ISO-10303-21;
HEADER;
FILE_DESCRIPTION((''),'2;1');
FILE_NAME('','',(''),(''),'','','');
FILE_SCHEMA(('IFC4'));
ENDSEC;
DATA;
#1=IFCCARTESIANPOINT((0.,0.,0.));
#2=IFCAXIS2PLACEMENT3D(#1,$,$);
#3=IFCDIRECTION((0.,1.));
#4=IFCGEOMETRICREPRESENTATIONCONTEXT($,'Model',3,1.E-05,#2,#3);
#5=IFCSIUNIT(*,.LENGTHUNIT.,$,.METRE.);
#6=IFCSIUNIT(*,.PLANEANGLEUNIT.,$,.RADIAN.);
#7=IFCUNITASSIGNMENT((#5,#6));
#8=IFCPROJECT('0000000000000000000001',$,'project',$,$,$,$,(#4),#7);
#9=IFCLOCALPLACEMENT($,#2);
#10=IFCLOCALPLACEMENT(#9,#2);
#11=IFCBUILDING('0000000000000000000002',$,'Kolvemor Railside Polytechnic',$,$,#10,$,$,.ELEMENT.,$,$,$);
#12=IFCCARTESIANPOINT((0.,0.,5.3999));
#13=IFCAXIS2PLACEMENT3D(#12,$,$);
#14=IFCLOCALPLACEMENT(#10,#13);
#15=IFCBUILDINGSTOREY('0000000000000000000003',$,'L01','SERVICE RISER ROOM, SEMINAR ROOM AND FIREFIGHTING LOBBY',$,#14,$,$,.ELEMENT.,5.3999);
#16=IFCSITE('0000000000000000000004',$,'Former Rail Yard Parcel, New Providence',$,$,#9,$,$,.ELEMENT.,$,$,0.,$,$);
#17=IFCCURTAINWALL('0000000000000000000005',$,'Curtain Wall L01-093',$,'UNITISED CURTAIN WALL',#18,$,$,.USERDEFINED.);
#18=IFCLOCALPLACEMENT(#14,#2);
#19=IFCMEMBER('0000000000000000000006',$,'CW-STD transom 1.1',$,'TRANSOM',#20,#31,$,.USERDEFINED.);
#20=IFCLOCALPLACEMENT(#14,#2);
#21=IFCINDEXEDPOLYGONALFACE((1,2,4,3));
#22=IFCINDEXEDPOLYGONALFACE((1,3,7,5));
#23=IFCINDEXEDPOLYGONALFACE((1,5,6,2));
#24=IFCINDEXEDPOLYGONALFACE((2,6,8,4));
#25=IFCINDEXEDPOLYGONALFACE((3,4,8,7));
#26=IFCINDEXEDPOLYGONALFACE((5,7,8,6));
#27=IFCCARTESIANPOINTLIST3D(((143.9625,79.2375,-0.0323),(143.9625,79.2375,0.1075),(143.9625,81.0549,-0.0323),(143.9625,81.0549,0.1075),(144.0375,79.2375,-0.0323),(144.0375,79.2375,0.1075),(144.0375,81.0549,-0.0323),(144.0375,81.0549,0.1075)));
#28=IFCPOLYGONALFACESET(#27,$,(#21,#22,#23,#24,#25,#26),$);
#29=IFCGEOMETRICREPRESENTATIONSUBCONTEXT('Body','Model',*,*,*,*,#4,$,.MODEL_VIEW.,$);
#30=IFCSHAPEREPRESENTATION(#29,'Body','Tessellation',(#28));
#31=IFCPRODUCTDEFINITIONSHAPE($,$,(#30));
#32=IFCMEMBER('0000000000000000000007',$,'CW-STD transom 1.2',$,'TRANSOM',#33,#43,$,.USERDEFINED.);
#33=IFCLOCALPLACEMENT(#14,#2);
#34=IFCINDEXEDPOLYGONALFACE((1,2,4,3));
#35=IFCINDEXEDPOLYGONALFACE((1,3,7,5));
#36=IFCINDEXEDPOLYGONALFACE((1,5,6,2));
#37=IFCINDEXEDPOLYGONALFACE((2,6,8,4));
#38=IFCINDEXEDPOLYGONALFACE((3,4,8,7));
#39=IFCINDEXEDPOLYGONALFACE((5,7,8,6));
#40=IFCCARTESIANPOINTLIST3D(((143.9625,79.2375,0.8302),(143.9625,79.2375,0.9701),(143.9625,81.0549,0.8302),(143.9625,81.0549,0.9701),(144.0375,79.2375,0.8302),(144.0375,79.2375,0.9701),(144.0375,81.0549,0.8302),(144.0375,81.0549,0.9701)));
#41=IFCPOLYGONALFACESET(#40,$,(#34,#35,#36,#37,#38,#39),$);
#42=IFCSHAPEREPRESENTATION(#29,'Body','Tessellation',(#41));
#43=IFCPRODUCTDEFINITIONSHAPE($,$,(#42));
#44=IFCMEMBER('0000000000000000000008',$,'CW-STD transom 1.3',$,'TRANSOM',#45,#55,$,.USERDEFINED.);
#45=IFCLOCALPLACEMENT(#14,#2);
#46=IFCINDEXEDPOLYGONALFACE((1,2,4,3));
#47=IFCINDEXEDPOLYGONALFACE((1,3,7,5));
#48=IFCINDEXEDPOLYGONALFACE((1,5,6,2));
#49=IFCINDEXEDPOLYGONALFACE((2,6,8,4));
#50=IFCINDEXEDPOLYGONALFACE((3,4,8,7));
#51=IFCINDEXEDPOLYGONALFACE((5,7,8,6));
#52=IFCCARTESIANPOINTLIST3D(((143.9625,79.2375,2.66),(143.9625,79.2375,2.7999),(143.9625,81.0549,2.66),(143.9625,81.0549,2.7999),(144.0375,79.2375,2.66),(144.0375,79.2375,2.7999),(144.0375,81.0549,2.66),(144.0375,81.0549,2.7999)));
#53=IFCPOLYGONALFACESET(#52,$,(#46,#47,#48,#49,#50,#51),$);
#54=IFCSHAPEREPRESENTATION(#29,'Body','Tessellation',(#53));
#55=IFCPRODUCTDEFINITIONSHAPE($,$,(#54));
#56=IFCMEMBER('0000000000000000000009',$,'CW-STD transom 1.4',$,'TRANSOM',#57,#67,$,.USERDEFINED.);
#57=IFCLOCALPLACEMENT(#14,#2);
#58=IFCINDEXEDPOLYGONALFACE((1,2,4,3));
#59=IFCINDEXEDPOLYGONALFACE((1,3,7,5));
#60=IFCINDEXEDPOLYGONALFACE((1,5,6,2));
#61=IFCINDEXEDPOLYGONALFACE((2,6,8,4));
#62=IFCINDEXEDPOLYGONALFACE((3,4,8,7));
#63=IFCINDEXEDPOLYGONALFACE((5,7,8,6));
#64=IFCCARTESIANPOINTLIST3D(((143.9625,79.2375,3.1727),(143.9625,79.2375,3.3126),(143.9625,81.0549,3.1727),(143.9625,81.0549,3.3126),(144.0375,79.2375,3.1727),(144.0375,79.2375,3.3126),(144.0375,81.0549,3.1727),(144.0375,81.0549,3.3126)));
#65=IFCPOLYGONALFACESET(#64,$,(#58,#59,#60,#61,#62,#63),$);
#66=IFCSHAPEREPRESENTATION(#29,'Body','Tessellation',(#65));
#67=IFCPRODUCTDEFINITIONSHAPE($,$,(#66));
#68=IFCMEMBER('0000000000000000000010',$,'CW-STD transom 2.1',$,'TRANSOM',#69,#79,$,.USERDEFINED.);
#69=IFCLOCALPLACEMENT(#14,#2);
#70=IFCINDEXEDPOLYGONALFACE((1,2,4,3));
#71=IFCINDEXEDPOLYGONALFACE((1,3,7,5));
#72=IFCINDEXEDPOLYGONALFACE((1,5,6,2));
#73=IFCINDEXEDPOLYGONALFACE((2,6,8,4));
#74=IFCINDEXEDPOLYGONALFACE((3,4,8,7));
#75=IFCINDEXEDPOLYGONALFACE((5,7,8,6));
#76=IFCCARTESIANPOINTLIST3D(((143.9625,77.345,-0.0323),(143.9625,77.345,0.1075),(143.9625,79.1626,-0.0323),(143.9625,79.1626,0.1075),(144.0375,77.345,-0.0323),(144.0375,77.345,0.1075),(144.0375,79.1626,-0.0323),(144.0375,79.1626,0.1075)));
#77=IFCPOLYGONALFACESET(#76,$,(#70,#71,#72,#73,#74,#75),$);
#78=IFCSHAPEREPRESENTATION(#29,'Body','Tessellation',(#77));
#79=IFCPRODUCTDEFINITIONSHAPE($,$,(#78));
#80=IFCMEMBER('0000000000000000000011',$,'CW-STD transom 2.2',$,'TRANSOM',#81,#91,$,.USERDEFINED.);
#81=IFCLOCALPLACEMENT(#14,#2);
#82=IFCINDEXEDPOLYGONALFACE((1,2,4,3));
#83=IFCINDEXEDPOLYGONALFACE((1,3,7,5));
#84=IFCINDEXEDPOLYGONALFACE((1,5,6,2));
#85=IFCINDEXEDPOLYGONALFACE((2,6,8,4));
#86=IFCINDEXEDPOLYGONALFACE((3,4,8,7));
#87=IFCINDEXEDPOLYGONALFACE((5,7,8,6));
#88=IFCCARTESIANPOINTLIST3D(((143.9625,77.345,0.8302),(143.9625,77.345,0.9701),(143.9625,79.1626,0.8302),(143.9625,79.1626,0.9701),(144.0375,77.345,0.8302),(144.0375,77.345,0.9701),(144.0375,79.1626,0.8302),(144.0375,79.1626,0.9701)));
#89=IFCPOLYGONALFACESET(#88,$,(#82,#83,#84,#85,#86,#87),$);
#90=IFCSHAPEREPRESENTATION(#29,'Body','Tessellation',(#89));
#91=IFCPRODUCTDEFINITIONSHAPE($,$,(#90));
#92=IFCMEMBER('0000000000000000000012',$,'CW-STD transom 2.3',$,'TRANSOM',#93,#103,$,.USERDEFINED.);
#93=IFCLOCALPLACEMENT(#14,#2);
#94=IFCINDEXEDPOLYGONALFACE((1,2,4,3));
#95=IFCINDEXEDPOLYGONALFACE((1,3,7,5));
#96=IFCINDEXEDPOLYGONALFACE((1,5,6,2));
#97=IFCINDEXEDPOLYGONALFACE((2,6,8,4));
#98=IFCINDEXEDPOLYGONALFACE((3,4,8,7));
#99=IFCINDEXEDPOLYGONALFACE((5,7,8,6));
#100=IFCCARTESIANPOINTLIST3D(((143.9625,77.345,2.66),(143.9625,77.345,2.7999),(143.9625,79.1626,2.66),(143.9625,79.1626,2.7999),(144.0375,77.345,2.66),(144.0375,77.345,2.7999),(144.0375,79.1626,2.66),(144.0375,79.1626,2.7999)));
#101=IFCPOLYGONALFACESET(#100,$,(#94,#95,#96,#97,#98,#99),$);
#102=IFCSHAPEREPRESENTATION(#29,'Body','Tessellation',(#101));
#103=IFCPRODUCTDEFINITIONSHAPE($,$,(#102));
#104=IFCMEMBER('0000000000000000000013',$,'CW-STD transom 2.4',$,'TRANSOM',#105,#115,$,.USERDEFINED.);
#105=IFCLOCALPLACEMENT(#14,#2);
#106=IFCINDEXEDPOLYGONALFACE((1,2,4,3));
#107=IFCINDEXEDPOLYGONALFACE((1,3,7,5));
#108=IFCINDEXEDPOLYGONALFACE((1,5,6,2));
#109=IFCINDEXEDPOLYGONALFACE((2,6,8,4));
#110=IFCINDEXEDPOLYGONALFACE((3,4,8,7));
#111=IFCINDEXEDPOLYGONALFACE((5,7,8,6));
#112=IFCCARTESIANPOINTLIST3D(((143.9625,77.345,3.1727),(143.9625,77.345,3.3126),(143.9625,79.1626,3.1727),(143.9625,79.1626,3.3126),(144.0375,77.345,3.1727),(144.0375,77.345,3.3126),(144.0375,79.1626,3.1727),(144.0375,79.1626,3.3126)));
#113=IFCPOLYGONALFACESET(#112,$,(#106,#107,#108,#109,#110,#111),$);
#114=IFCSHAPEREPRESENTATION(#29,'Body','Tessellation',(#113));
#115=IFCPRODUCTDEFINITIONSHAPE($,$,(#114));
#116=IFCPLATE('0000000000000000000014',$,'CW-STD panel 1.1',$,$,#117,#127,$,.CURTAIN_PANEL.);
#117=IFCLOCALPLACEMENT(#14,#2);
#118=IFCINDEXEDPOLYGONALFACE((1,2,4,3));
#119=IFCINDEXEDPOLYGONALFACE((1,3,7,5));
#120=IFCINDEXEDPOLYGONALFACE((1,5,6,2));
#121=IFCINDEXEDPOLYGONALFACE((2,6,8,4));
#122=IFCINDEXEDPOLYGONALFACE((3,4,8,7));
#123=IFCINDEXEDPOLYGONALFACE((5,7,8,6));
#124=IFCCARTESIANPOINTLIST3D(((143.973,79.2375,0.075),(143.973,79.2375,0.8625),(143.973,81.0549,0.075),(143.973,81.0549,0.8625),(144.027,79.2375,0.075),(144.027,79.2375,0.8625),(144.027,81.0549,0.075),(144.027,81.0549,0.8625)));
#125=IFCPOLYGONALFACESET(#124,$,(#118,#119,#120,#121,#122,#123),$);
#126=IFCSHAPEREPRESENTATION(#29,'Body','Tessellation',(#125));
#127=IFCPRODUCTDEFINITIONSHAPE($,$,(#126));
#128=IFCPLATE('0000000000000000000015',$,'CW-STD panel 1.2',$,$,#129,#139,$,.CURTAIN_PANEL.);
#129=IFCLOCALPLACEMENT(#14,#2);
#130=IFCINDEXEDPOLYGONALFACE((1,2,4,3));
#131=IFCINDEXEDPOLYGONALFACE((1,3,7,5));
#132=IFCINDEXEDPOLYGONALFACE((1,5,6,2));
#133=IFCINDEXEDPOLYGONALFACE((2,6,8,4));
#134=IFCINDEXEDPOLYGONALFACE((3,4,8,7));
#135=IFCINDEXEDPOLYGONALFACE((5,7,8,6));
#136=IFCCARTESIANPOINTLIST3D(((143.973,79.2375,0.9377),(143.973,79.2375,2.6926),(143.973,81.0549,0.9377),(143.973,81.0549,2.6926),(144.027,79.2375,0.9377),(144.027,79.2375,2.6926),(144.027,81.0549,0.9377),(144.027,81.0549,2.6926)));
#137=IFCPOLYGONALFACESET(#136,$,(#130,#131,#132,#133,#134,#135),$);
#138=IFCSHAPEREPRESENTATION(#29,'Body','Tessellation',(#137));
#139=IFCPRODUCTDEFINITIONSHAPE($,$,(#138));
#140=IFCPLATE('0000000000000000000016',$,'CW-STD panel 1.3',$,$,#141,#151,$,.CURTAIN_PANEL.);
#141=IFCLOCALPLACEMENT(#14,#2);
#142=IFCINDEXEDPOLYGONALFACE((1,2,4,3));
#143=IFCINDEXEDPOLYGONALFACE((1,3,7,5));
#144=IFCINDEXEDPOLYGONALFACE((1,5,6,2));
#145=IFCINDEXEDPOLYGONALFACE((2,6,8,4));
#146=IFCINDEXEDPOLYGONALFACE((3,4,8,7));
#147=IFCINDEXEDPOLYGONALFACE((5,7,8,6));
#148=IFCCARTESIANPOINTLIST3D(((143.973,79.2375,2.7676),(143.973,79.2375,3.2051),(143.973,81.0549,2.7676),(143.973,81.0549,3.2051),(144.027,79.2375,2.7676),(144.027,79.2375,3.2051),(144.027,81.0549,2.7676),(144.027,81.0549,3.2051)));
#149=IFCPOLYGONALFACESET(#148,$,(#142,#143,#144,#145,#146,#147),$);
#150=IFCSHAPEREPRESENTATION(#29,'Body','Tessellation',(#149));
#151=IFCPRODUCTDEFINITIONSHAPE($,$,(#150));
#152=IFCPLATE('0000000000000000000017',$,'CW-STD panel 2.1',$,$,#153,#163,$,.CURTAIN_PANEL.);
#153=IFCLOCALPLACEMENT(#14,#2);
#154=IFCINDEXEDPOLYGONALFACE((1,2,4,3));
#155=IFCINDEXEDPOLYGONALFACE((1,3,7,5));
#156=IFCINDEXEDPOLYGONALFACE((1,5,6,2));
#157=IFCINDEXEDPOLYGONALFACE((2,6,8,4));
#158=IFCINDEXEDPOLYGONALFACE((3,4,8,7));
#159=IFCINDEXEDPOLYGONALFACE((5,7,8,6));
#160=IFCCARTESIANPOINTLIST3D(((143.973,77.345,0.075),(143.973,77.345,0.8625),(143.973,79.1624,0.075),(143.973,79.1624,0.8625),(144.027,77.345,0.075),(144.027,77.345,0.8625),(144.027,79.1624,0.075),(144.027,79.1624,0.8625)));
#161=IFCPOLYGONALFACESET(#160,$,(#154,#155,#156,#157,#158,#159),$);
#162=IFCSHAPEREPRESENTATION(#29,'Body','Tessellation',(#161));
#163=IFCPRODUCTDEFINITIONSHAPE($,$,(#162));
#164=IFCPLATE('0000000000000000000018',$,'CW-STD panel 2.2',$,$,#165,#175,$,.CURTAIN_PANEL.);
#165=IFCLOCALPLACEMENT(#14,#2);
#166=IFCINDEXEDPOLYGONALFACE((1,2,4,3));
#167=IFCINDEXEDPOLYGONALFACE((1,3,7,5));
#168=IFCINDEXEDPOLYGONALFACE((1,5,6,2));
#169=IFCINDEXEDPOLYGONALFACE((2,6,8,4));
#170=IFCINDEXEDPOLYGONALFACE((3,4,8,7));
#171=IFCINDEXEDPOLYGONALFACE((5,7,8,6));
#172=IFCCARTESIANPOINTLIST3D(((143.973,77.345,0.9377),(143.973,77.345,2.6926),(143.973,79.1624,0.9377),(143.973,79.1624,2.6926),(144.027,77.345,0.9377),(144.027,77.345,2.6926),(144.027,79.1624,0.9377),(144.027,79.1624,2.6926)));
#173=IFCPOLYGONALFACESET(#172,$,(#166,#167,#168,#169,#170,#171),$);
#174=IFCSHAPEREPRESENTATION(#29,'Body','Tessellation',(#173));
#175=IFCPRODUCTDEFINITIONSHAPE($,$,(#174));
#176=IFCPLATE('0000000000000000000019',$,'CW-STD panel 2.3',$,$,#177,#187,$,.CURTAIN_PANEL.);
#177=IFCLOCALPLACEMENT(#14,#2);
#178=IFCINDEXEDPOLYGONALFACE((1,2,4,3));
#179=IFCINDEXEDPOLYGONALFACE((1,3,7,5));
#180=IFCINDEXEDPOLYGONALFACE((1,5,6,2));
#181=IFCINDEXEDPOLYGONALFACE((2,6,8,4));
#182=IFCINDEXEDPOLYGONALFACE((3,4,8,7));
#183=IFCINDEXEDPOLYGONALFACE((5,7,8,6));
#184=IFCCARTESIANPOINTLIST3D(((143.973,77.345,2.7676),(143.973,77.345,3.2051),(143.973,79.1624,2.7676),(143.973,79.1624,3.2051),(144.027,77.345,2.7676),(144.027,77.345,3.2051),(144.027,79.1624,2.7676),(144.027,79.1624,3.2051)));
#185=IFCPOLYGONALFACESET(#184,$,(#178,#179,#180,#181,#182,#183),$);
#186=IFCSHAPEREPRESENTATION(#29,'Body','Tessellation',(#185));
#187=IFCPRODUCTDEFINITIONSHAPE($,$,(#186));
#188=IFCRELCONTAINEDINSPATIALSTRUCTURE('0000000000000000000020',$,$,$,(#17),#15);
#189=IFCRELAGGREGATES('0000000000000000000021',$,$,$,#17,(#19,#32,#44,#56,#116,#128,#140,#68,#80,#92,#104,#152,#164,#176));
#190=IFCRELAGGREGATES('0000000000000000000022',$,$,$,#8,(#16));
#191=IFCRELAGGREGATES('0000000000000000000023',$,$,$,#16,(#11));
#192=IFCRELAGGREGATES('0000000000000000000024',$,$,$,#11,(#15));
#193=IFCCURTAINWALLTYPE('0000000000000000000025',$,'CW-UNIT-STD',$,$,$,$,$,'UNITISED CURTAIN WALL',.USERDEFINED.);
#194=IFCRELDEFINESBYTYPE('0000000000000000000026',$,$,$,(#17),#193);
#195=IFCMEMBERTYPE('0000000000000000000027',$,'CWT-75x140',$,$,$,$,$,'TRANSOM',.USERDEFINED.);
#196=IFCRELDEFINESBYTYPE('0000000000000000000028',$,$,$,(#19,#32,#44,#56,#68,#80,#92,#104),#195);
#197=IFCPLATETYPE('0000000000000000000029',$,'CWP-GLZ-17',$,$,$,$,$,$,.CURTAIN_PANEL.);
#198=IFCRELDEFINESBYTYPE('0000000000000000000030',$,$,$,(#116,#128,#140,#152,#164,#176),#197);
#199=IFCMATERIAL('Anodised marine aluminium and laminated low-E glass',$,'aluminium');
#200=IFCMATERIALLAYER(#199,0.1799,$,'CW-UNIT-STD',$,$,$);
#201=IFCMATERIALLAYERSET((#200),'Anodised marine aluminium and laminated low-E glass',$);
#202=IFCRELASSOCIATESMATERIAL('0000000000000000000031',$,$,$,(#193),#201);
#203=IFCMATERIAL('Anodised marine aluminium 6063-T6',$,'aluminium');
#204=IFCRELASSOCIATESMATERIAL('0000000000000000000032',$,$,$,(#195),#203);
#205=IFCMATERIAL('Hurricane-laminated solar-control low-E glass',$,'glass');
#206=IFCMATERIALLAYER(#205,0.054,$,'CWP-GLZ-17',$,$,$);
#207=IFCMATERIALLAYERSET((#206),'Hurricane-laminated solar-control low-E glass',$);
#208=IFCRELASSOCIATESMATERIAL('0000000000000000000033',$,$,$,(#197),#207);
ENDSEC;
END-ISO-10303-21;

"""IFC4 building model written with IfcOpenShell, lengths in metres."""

from ifc_helpers import new_model, si_unit, direction, frame, origin, origin_2d, place, context, subcontext, project, spatial, rectangle, extrude, material, layer, layer_set, material_profile, profile_set, type_object, element, aggregate, save


model = new_model("IFC4")

# Units and contexts
model_context = context("Model", 3, precision=1e-05, world=origin(), true_north=direction((0.0, 1.0)))
body_context = subcontext(model_context, "Body", "Model", "MODEL_VIEW")
ifc_project = project(units=[si_unit("LENGTHUNIT", "METRE"), si_unit("PLANEANGLEUNIT", "RADIAN")], contexts=[model_context])

# Site, building, storey
site_placement = place(None, origin())
site = spatial("IfcSite", under=ifc_project, at=site_placement, Name="Former Rail Yard Parcel, New Providence", CompositionType="ELEMENT", RefElevation=0.0)
building_placement = place(site_placement, origin())
building = spatial("IfcBuilding", under=site, at=building_placement, Name="Kolvemor Railside Polytechnic", CompositionType="ELEMENT")
storey_placement = place(building_placement, frame((0.0, 0.0, 5.3999)))
storey = spatial("IfcBuildingStorey", under=building, at=storey_placement, Name="L01", Description="SERVICE RISER ROOM, SEMINAR ROOM AND FIREFIGHTING LOBBY", CompositionType="ELEMENT", Elevation=5.3999)

# Shared definitions
ifc_material_1 = material(Name="Anodised marine aluminium and laminated low-E glass", Category="aluminium")
ifc_layer_1 = layer(ifc_material_1, 0.1799, Name="CW-UNIT-STD")
ifc_layer_set_1 = layer_set([ifc_layer_1], Name="Anodised marine aluminium and laminated low-E glass")
curtain_wall_type = type_object("IfcCurtainWallType", Name="CW-UNIT-STD", ElementType="UNITISED CURTAIN WALL", PredefinedType="USERDEFINED", material=ifc_layer_set_1)

# Curtain wall
curtain_wall_1_placement = place(storey_placement, origin())
curtain_wall_1 = element("IfcCurtainWall", 1, at=curtain_wall_1_placement, inside=storey, type_object=curtain_wall_type, Name="Curtain Wall L01-093", ObjectType="UNITISED CURTAIN WALL", PredefinedType="USERDEFINED")

# Members
ifc_material_2 = material(Name="Anodised marine aluminium 6063-T6", Category="aluminium")
ifc_material_profile_1 = material_profile(ifc_material_2, rectangle(XDim=0.075, YDim=0.1399, at=origin_2d()), Name="CW-TRN-75x140")
ifc_profile_set_1 = profile_set([ifc_material_profile_1], Name="Anodised marine aluminium 6063-T6")
member_type_1 = type_object("IfcMemberType", Name="CWT-75x140", ElementType="TRANSOM", PredefinedType="USERDEFINED", material=ifc_profile_set_1)
member_1_placement = place(storey_placement, frame((144.0, 81.0549, 0.0376), z_axis=(0.0, -1.0, 0.0), x_axis=(1.0, 0.0, 0.0)))
member_1 = element("IfcMember", 2, at=member_1_placement, type_object=member_type_1, Name="CW-STD transom 1.1", ObjectType="TRANSOM", PredefinedType="USERDEFINED", context=body_context, shape_type="SweptSolid", body=[
    extrude(rectangle(XDim=0.075, YDim=0.1399, at=origin_2d()), origin(), (0.0, 0.0, 1.0), 1.8174),
])
member_2_placement = place(storey_placement, frame((144.0, 81.0549, 0.9001), z_axis=(0.0, -1.0, 0.0), x_axis=(1.0, 0.0, 0.0)))
member_2 = element("IfcMember", 3, at=member_2_placement, type_object=member_type_1, Name="CW-STD transom 1.2", ObjectType="TRANSOM", PredefinedType="USERDEFINED", context=body_context, shape_type="SweptSolid", body=[
    extrude(rectangle(XDim=0.075, YDim=0.1399, at=origin_2d()), origin(), (0.0, 0.0, 1.0), 1.8174),
])
member_3_placement = place(storey_placement, frame((144.0, 81.0549, 2.73), z_axis=(0.0, -1.0, 0.0), x_axis=(1.0, 0.0, 0.0)))
member_3 = element("IfcMember", 4, at=member_3_placement, type_object=member_type_1, Name="CW-STD transom 1.3", ObjectType="TRANSOM", PredefinedType="USERDEFINED", context=body_context, shape_type="SweptSolid", body=[
    extrude(rectangle(XDim=0.075, YDim=0.1399, at=origin_2d()), origin(), (0.0, 0.0, 1.0), 1.8174),
])
member_4_placement = place(storey_placement, frame((144.0, 81.0549, 3.2427), z_axis=(0.0, -1.0, 0.0), x_axis=(1.0, 0.0, 0.0)))
member_4 = element("IfcMember", 5, at=member_4_placement, type_object=member_type_1, Name="CW-STD transom 1.4", ObjectType="TRANSOM", PredefinedType="USERDEFINED", context=body_context, shape_type="SweptSolid", body=[
    extrude(rectangle(XDim=0.075, YDim=0.1399, at=origin_2d()), origin(), (0.0, 0.0, 1.0), 1.8174),
])
member_5_placement = place(storey_placement, frame((144.0, 79.1626, 0.0376), z_axis=(0.0, -1.0, 0.0), x_axis=(1.0, 0.0, 0.0)))
member_5 = element("IfcMember", 6, at=member_5_placement, type_object=member_type_1, Name="CW-STD transom 2.1", ObjectType="TRANSOM", PredefinedType="USERDEFINED", context=body_context, shape_type="SweptSolid", body=[
    extrude(rectangle(XDim=0.075, YDim=0.1399, at=origin_2d()), origin(), (0.0, 0.0, 1.0), 1.8176),
])
member_6_placement = place(storey_placement, frame((144.0, 79.1626, 0.9001), z_axis=(0.0, -1.0, 0.0), x_axis=(1.0, 0.0, 0.0)))
member_6 = element("IfcMember", 7, at=member_6_placement, type_object=member_type_1, Name="CW-STD transom 2.2", ObjectType="TRANSOM", PredefinedType="USERDEFINED", context=body_context, shape_type="SweptSolid", body=[
    extrude(rectangle(XDim=0.075, YDim=0.1399, at=origin_2d()), origin(), (0.0, 0.0, 1.0), 1.8176),
])
member_7_placement = place(storey_placement, frame((144.0, 79.1626, 2.73), z_axis=(0.0, -1.0, 0.0), x_axis=(1.0, 0.0, 0.0)))
member_7 = element("IfcMember", 8, at=member_7_placement, type_object=member_type_1, Name="CW-STD transom 2.3", ObjectType="TRANSOM", PredefinedType="USERDEFINED", context=body_context, shape_type="SweptSolid", body=[
    extrude(rectangle(XDim=0.075, YDim=0.1399, at=origin_2d()), origin(), (0.0, 0.0, 1.0), 1.8176),
])
member_8_placement = place(storey_placement, frame((144.0, 79.1626, 3.2427), z_axis=(0.0, -1.0, 0.0), x_axis=(1.0, 0.0, 0.0)))
member_8 = element("IfcMember", 9, at=member_8_placement, type_object=member_type_1, Name="CW-STD transom 2.4", ObjectType="TRANSOM", PredefinedType="USERDEFINED", context=body_context, shape_type="SweptSolid", body=[
    extrude(rectangle(XDim=0.075, YDim=0.1399, at=origin_2d()), origin(), (0.0, 0.0, 1.0), 1.8176),
])

# Plates
ifc_material_3 = material(Name="Hurricane-laminated solar-control low-E glass", Category="glass")
ifc_layer_2 = layer(ifc_material_3, 0.054, Name="CWP-GLZ-17")
ifc_layer_set_2 = layer_set([ifc_layer_2], Name="Hurricane-laminated solar-control low-E glass")
plate_type = type_object("IfcPlateType", Name="CWP-GLZ-17", PredefinedType="CURTAIN_PANEL", material=ifc_layer_set_2)
plate_1_placement = place(storey_placement, frame((144.0, 80.1462, 0.075), z_axis=(0.0, 0.0, 1.0), x_axis=(0.0, -1.0, 0.0)))
plate_1 = element("IfcPlate", 10, at=plate_1_placement, type_object=plate_type, Name="CW-STD panel 1.1", PredefinedType="CURTAIN_PANEL", context=body_context, shape_type="SweptSolid", body=[
    extrude(rectangle(XDim=1.8174, YDim=0.054, at=origin_2d()), origin(), (0.0, 0.0, 1.0), 0.7876),
])
plate_2_placement = place(storey_placement, frame((144.0, 80.1462, 0.9377), z_axis=(0.0, 0.0, 1.0), x_axis=(0.0, -1.0, 0.0)))
plate_2 = element("IfcPlate", 11, at=plate_2_placement, type_object=plate_type, Name="CW-STD panel 1.2", PredefinedType="CURTAIN_PANEL", context=body_context, shape_type="SweptSolid", body=[
    extrude(rectangle(XDim=1.8174, YDim=0.054, at=origin_2d()), origin(), (0.0, 0.0, 1.0), 1.7549),
])
plate_3_placement = place(storey_placement, frame((144.0, 80.1462, 2.7676), z_axis=(0.0, 0.0, 1.0), x_axis=(0.0, -1.0, 0.0)))
plate_3 = element("IfcPlate", 12, at=plate_3_placement, type_object=plate_type, Name="CW-STD panel 1.3", PredefinedType="CURTAIN_PANEL", context=body_context, shape_type="SweptSolid", body=[
    extrude(rectangle(XDim=1.8174, YDim=0.054, at=origin_2d()), origin(), (0.0, 0.0, 1.0), 0.4375),
])
plate_4_placement = place(storey_placement, frame((144.0, 78.2537, 0.075), z_axis=(0.0, 0.0, 1.0), x_axis=(0.0, -1.0, 0.0)))
plate_4 = element("IfcPlate", 13, at=plate_4_placement, type_object=plate_type, Name="CW-STD panel 2.1", PredefinedType="CURTAIN_PANEL", context=body_context, shape_type="SweptSolid", body=[
    extrude(rectangle(XDim=1.8174, YDim=0.054, at=origin_2d()), origin(), (0.0, 0.0, 1.0), 0.7876),
])
plate_5_placement = place(storey_placement, frame((144.0, 78.2537, 0.9377), z_axis=(0.0, 0.0, 1.0), x_axis=(0.0, -1.0, 0.0)))
plate_5 = element("IfcPlate", 14, at=plate_5_placement, type_object=plate_type, Name="CW-STD panel 2.2", PredefinedType="CURTAIN_PANEL", context=body_context, shape_type="SweptSolid", body=[
    extrude(rectangle(XDim=1.8174, YDim=0.054, at=origin_2d()), origin(), (0.0, 0.0, 1.0), 1.7549),
])
plate_6_placement = place(storey_placement, frame((144.0, 78.2537, 2.7676), z_axis=(0.0, 0.0, 1.0), x_axis=(0.0, -1.0, 0.0)))
plate_6 = element("IfcPlate", 15, at=plate_6_placement, type_object=plate_type, Name="CW-STD panel 2.3", PredefinedType="CURTAIN_PANEL", context=body_context, shape_type="SweptSolid", body=[
    extrude(rectangle(XDim=1.8174, YDim=0.054, at=origin_2d()), origin(), (0.0, 0.0, 1.0), 0.4375),
])
aggregate(curtain_wall_1, [member_1, member_2, member_3, member_4, plate_1, plate_2, plate_3, member_5, member_6, member_7, member_8, plate_4, plate_5, plate_6])

save(model, "model.ifc")
